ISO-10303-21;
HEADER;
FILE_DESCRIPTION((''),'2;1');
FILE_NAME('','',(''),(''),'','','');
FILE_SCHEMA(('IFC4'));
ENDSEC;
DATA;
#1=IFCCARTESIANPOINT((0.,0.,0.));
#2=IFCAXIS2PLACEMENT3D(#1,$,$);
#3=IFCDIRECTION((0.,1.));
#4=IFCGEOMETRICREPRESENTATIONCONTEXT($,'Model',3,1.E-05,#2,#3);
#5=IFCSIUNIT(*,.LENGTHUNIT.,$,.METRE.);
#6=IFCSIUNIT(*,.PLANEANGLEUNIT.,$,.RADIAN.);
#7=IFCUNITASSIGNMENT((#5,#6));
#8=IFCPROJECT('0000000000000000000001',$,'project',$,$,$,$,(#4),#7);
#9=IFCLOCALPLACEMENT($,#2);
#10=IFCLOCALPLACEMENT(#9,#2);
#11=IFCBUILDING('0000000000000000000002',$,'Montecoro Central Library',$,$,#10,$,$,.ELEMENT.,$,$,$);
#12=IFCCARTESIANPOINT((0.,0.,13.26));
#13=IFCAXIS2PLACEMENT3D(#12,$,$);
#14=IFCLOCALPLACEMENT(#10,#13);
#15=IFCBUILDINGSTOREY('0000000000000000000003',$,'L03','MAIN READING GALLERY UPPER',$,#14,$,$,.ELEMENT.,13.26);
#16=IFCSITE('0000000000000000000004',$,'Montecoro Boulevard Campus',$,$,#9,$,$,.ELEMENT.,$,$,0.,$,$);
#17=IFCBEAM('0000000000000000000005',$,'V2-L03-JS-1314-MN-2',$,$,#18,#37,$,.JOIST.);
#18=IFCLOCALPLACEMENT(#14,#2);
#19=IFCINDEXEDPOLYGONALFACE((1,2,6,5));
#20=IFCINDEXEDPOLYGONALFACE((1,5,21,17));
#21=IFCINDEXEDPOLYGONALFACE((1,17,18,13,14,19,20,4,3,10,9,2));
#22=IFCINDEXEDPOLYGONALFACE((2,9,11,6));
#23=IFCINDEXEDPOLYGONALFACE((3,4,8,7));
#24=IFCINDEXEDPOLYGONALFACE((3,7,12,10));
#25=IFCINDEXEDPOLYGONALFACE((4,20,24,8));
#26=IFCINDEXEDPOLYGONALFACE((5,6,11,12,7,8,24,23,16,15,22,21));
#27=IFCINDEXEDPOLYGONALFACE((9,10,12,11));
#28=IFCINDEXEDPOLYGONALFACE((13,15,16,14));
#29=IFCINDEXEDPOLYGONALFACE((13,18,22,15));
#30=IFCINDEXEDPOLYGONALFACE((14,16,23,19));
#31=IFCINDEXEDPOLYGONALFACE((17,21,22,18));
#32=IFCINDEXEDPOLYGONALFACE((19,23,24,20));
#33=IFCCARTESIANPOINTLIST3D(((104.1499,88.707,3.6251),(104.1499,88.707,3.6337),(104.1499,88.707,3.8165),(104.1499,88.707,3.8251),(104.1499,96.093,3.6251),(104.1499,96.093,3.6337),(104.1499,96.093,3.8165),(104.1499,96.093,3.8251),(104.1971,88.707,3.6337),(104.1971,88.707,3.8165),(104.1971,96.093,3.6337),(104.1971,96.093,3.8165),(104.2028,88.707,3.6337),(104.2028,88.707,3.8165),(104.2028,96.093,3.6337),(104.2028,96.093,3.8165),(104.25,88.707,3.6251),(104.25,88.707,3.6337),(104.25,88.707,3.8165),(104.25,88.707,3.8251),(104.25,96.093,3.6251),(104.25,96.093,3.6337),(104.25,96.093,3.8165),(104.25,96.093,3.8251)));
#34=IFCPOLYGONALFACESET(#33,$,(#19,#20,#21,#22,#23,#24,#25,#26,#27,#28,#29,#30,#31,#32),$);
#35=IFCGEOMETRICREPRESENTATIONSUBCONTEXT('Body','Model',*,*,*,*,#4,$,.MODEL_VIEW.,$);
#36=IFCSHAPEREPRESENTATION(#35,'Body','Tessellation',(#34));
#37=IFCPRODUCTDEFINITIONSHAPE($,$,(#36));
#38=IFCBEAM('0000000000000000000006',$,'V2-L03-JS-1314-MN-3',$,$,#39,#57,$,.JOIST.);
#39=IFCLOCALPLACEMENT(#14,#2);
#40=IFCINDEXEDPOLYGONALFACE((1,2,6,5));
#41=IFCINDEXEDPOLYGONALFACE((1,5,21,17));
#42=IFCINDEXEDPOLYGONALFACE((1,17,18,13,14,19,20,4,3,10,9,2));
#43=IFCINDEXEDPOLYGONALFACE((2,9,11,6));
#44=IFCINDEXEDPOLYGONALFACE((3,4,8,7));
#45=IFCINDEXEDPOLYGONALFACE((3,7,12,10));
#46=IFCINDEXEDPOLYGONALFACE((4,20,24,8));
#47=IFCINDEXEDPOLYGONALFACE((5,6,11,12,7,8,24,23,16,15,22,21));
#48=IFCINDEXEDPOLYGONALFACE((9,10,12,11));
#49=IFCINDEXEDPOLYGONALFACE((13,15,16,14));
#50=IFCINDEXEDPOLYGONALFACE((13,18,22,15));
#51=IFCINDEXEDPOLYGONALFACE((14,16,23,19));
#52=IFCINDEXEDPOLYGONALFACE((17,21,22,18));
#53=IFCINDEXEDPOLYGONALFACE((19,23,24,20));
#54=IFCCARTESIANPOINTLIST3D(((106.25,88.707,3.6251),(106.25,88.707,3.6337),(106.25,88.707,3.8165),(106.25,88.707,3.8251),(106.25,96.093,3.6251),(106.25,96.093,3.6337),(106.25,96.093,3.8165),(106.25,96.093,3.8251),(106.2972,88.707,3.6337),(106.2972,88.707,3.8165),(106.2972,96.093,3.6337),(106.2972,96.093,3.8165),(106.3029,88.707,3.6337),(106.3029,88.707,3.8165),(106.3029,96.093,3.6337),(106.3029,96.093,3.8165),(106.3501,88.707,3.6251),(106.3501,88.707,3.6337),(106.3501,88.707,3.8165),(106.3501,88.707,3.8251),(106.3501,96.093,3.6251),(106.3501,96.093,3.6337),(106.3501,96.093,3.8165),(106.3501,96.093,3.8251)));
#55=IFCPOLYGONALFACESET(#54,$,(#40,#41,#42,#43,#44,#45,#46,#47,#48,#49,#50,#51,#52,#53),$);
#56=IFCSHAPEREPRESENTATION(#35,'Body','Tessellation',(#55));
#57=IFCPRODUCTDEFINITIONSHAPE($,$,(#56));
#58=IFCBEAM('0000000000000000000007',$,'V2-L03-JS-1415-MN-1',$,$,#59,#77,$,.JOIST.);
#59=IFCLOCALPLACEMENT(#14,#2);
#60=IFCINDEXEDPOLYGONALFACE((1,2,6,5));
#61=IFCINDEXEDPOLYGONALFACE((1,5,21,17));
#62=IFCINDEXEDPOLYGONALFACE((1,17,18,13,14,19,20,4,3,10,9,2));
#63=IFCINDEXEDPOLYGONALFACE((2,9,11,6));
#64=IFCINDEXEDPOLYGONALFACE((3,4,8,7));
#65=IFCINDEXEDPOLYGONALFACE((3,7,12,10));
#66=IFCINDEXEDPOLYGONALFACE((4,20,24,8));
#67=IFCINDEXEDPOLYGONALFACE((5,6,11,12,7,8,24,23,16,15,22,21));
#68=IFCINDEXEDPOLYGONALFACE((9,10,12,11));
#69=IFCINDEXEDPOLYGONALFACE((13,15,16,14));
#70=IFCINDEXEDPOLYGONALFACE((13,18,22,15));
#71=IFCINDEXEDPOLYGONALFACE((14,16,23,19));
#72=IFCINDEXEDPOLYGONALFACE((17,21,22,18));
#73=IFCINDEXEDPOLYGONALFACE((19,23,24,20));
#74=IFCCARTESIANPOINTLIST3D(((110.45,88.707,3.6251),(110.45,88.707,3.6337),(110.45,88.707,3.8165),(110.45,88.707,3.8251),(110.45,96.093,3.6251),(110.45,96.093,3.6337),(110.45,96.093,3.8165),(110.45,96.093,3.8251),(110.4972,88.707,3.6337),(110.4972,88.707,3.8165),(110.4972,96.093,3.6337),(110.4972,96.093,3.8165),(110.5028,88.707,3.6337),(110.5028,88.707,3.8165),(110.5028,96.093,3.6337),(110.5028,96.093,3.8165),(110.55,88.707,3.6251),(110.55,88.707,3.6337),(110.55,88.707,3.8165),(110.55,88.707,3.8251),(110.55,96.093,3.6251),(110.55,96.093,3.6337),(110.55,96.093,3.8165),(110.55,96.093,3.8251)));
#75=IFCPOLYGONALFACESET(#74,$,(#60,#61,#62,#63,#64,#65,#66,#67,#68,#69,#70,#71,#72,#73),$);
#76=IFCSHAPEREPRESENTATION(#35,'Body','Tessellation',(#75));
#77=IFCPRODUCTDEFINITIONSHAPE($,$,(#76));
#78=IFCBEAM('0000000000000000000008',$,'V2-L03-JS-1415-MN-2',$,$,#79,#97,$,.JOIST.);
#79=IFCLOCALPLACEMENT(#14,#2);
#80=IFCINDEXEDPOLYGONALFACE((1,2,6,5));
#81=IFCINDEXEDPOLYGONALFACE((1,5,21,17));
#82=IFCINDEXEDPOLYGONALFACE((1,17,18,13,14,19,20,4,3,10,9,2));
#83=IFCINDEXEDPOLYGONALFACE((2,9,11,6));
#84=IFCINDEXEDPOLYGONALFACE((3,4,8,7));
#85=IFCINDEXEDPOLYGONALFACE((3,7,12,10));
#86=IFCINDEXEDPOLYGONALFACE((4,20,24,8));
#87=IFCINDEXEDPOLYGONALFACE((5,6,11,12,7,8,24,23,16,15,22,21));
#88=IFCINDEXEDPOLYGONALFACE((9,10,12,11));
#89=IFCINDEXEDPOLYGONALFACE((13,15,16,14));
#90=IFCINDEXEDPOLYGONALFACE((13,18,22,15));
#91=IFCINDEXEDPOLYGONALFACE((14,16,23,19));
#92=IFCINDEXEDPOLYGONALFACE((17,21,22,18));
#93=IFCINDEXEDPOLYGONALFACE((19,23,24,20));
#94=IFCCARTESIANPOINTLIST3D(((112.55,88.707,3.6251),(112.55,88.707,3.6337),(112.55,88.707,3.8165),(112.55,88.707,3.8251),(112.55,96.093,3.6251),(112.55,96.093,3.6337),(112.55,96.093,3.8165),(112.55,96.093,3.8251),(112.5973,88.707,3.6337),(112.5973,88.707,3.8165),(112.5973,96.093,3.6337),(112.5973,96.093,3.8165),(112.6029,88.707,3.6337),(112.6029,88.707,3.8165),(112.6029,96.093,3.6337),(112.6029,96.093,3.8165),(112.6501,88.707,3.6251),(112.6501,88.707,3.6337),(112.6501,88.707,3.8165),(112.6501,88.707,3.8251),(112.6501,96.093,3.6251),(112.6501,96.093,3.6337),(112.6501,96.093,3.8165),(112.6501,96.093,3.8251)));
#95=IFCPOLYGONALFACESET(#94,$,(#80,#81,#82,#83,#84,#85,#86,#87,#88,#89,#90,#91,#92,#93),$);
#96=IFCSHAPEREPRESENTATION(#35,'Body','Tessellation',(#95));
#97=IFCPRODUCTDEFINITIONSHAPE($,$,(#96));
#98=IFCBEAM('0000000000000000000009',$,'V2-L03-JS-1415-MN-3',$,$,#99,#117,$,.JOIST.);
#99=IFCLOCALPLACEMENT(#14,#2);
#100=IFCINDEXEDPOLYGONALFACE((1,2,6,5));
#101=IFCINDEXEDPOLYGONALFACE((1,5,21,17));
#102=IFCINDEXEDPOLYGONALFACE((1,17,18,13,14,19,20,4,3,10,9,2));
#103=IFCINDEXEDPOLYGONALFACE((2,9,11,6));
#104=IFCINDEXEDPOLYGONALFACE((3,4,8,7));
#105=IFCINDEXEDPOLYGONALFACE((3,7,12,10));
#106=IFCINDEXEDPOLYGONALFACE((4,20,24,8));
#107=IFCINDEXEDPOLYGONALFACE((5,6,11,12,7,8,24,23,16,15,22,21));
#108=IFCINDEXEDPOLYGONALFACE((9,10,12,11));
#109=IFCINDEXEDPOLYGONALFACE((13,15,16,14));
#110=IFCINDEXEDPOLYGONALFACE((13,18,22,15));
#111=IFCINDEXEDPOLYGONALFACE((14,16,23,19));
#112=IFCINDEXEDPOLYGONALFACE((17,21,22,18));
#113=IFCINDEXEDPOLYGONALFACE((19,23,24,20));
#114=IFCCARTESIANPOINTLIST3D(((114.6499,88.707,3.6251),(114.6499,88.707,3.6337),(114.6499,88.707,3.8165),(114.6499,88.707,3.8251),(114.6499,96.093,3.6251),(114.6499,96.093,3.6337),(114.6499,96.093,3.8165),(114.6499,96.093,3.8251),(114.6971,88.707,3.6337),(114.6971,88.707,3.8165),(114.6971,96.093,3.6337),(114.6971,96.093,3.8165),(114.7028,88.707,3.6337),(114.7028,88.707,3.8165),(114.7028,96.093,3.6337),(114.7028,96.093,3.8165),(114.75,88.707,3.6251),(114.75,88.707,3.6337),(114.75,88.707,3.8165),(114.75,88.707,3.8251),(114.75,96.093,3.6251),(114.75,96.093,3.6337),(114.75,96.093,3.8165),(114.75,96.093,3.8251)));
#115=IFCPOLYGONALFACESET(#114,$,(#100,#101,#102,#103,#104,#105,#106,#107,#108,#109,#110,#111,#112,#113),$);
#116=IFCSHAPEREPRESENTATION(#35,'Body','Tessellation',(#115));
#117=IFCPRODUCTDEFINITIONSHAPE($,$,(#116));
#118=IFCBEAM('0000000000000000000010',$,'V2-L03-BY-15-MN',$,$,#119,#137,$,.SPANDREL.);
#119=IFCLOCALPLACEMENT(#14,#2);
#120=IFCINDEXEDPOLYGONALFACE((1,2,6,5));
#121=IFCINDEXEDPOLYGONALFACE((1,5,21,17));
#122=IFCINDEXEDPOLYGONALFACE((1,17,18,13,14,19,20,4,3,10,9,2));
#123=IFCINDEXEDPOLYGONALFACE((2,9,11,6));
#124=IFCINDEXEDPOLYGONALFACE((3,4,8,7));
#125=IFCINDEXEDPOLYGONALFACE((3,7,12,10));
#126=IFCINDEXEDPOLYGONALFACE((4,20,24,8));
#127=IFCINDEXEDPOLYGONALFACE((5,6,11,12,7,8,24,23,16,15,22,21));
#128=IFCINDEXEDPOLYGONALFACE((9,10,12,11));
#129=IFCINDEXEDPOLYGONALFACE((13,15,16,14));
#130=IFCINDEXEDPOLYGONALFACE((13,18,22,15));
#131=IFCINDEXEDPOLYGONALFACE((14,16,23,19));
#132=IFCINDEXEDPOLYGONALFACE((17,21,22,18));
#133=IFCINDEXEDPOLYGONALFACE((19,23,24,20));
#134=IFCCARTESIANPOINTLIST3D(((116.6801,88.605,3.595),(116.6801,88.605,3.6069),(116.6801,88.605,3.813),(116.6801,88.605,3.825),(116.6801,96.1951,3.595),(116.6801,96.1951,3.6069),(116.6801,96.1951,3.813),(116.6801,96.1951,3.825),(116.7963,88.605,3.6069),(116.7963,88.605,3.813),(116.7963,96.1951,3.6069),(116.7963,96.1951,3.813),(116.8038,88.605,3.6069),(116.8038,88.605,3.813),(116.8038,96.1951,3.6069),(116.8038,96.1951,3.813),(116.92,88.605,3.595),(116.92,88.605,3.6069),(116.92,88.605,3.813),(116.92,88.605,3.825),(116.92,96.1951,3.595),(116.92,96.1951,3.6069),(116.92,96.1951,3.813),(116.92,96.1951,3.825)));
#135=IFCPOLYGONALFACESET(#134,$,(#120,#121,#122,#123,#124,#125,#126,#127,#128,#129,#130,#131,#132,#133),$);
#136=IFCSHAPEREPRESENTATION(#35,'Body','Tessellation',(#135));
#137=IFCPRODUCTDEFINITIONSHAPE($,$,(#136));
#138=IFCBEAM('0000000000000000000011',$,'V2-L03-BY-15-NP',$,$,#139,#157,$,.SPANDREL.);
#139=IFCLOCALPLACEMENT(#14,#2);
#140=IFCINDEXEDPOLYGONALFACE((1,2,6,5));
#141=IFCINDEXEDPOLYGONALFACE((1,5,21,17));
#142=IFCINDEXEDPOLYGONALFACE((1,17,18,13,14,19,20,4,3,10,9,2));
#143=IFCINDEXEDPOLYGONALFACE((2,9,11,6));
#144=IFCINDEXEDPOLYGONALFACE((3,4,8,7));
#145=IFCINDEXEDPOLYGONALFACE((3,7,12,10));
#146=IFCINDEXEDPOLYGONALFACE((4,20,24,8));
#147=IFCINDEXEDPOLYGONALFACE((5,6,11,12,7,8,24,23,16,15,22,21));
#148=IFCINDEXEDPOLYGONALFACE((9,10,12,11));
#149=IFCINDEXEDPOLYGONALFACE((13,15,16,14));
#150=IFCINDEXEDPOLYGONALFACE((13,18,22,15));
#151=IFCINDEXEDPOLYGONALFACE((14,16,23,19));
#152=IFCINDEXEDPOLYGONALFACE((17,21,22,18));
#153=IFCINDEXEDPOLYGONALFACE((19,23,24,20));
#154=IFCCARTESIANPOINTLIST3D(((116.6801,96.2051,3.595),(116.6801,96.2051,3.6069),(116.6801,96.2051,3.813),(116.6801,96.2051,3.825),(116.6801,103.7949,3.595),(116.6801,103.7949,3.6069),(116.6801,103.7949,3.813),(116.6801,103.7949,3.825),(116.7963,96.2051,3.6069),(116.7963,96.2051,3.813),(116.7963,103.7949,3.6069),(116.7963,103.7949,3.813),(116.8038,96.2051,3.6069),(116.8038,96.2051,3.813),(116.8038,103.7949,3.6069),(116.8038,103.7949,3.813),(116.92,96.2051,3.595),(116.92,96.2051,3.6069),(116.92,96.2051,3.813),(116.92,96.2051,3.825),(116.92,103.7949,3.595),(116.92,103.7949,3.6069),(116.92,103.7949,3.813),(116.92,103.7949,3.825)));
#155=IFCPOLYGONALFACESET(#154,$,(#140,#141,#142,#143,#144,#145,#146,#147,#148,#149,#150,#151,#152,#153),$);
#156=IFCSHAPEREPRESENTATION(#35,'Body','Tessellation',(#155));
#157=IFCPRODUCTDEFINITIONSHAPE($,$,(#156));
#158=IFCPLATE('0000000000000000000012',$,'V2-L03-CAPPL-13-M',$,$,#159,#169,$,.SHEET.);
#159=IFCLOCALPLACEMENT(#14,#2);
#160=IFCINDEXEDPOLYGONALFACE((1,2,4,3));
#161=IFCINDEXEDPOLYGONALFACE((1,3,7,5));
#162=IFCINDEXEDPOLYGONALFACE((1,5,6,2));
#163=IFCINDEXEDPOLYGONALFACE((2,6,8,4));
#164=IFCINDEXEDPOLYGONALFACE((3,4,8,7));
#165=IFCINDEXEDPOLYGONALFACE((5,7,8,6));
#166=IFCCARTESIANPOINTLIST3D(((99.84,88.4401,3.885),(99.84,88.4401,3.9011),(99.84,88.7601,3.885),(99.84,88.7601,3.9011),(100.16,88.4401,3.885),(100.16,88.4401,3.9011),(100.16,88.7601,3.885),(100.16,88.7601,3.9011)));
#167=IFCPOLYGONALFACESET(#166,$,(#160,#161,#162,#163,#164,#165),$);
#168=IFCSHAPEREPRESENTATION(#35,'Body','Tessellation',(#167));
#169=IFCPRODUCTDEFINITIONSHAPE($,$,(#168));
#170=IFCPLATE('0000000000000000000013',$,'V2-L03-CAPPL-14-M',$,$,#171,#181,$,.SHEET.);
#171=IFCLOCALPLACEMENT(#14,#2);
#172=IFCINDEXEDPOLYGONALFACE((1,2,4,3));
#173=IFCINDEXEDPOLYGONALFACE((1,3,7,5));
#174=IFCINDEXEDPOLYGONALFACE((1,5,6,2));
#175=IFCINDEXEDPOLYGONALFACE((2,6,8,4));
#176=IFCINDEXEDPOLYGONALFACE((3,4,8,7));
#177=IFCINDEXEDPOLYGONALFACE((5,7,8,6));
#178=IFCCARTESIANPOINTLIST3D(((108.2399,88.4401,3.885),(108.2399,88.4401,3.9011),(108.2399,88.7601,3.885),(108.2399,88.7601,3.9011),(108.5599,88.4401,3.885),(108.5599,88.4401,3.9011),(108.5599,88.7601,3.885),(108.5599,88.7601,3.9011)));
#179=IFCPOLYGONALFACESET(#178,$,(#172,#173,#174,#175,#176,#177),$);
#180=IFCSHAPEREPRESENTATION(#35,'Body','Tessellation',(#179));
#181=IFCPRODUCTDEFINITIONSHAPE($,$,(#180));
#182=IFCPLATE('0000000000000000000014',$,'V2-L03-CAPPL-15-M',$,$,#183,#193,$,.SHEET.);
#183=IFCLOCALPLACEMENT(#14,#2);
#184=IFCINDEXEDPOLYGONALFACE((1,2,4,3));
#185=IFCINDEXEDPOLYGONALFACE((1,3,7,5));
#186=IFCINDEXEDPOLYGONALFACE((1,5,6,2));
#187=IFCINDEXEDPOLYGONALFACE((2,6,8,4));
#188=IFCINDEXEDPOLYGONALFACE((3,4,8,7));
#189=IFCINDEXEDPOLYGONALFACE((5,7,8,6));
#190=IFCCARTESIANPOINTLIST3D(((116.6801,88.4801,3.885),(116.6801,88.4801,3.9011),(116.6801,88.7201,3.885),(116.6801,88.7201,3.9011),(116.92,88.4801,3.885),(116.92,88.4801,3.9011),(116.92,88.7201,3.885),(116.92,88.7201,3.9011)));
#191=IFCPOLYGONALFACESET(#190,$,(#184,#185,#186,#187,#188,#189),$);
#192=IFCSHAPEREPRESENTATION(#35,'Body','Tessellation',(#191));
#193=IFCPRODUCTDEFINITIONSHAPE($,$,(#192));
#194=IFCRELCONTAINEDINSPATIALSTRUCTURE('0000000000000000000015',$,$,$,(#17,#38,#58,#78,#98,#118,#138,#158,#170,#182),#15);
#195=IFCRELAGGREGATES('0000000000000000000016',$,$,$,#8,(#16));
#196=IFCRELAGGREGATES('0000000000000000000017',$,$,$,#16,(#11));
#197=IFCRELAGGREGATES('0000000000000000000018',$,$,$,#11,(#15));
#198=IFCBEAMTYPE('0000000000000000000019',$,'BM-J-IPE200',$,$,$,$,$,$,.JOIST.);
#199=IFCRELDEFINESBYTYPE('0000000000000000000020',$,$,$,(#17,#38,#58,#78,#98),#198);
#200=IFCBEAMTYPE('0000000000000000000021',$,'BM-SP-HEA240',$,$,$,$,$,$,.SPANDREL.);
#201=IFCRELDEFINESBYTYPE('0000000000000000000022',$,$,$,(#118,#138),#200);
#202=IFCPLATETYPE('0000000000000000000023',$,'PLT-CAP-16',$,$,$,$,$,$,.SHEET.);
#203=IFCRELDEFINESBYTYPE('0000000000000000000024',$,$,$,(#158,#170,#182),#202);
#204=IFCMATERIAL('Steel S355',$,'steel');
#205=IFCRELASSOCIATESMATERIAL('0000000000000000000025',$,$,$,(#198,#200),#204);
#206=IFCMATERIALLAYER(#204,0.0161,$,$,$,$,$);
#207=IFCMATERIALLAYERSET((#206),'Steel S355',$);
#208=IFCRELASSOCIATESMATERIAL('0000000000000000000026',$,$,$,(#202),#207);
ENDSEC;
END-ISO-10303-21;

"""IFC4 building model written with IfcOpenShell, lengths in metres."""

from ifc_helpers import new_model, si_unit, direction, frame, origin, origin_2d, place, context, subcontext, project, spatial, rectangle, i_section, extrude, material, layer, layer_set, material_profile, profile_set, type_object, element, save


model = new_model("IFC4")

# Units and contexts
model_context = context("Model", 3, precision=1e-05, world=origin(), true_north=direction((0.0, 1.0)))
body_context = subcontext(model_context, "Body", "Model", "MODEL_VIEW")
ifc_project = project(units=[si_unit("LENGTHUNIT", "METRE"), si_unit("PLANEANGLEUNIT", "RADIAN")], contexts=[model_context])

# Site, building, storey
site_placement = place(None, origin())
site = spatial("IfcSite", under=ifc_project, at=site_placement, Name="Montecoro Boulevard Campus", CompositionType="ELEMENT", RefElevation=0.0)
building_placement = place(site_placement, origin())
building = spatial("IfcBuilding", under=site, at=building_placement, Name="Montecoro Central Library", CompositionType="ELEMENT")
storey_placement = place(building_placement, frame((0.0, 0.0, 13.26)))
storey = spatial("IfcBuildingStorey", under=building, at=storey_placement, Name="L03", Description="MAIN READING GALLERY UPPER", CompositionType="ELEMENT", Elevation=13.26)

# Shared definitions
ifc_material_1 = material(Name="Steel S355", Category="steel")

# Beams
ifc_material_profile_1 = material_profile(ifc_material_1, i_section(OverallWidth=0.1001, OverallDepth=0.2, WebThickness=0.0056, FlangeThickness=0.0085, at=origin_2d()), Name="IPE 200")
ifc_profile_set_1 = profile_set([ifc_material_profile_1], Name="Steel S355")
beam_type_1 = type_object("IfcBeamType", Name="BM-J-IPE200", PredefinedType="JOIST", material=ifc_profile_set_1)
for number, where, z_axis, x_axis, name in (
    (1, (104.2, 88.707, 3.7251), (0.0, 1.0, 0.0), (-1.0, 0.0, 0.0), "V2-L03-JS-1314-MN-2"),
    (2, (106.3, 88.707, 3.7251), (0.0, 1.0, 0.0), (-1.0, 0.0, 0.0), "V2-L03-JS-1314-MN-3"),
    (3, (110.5, 88.707, 3.7251), (0.0, 1.0, 0.0), (-1.0, 0.0, 0.0), "V2-L03-JS-1415-MN-1"),
    (4, (112.6001, 88.707, 3.7251), (0.0, 1.0, 0.0), (-1.0, 0.0, 0.0), "V2-L03-JS-1415-MN-2"),
    (5, (114.7, 88.707, 3.7251), (0.0, 1.0, 0.0), (-1.0, 0.0, 0.0), "V2-L03-JS-1415-MN-3"),
):
    element("IfcBeam", number, at=place(storey_placement, frame(where, z_axis=z_axis, x_axis=x_axis)), inside=storey, type_object=beam_type_1, Name=name, PredefinedType="JOIST", context=body_context, shape_type="SweptSolid", body=[
        extrude(i_section(OverallWidth=0.1001, OverallDepth=0.2, WebThickness=0.0056, FlangeThickness=0.0085, at=origin_2d()), origin(), (0.0, 0.0, 1.0), 7.386),
    ])
ifc_material_profile_2 = material_profile(ifc_material_1, i_section(OverallWidth=0.24, OverallDepth=0.23, WebThickness=0.0076, FlangeThickness=0.012, at=origin_2d()), Name="HEA 240")
ifc_profile_set_2 = profile_set([ifc_material_profile_2], Name="Steel S355")
beam_type_2 = type_object("IfcBeamType", Name="BM-SP-HEA240", PredefinedType="SPANDREL", material=ifc_profile_set_2)
beam_1_placement = place(storey_placement, frame((116.8, 88.605, 3.71), z_axis=(0.0, 1.0, 0.0), x_axis=(-1.0, 0.0, 0.0)))
element("IfcBeam", 6, at=beam_1_placement, inside=storey, type_object=beam_type_2, Name="V2-L03-BY-15-MN", PredefinedType="SPANDREL", context=body_context, shape_type="SweptSolid", body=[
    extrude(i_section(OverallWidth=0.24, OverallDepth=0.23, WebThickness=0.0076, FlangeThickness=0.012, at=origin_2d()), origin(), (0.0, 0.0, 1.0), 7.5901),
])
beam_2_placement = place(storey_placement, frame((116.8, 96.2051, 3.71), z_axis=(0.0, 1.0, 0.0), x_axis=(-1.0, 0.0, 0.0)))
element("IfcBeam", 7, at=beam_2_placement, inside=storey, type_object=beam_type_2, Name="V2-L03-BY-15-NP", PredefinedType="SPANDREL", context=body_context, shape_type="SweptSolid", body=[
    extrude(i_section(OverallWidth=0.24, OverallDepth=0.23, WebThickness=0.0076, FlangeThickness=0.012, at=origin_2d()), origin(), (0.0, 0.0, 1.0), 7.5898),
])

# Plates
ifc_layer_1 = layer(ifc_material_1, 0.0161)
ifc_layer_set_1 = layer_set([ifc_layer_1], Name="Steel S355")
plate_type = type_object("IfcPlateType", Name="PLT-CAP-16", PredefinedType="SHEET", material=ifc_layer_set_1)
for number, where, z_axis, x_axis, name in (
    (8, (100.0, 88.6001, 3.885), (0.0, 0.0, 1.0), (1.0, 0.0, 0.0), "V2-L03-CAPPL-13-M"),
    (9, (108.3999, 88.6001, 3.885), (0.0, 0.0, 1.0), (1.0, 0.0, 0.0), "V2-L03-CAPPL-14-M"),
):
    element("IfcPlate", number, at=place(storey_placement, frame(where, z_axis=z_axis, x_axis=x_axis)), inside=storey, type_object=plate_type, Name=name, PredefinedType="SHEET", context=body_context, shape_type="SweptSolid", body=[
        extrude(rectangle(XDim=0.3201, YDim=0.3201, at=origin_2d()), origin(), (0.0, 0.0, 1.0), 0.0161),
    ])
plate_placement = place(storey_placement, frame((116.8, 88.6001, 3.885), z_axis=(0.0, 0.0, 1.0), x_axis=(1.0, 0.0, 0.0)))
element("IfcPlate", 10, at=plate_placement, inside=storey, type_object=plate_type, Name="V2-L03-CAPPL-15-M", PredefinedType="SHEET", context=body_context, shape_type="SweptSolid", body=[
    extrude(rectangle(XDim=0.24, YDim=0.24, at=origin_2d()), origin(), (0.0, 0.0, 1.0), 0.0161),
])

save(model, "model.ifc")
